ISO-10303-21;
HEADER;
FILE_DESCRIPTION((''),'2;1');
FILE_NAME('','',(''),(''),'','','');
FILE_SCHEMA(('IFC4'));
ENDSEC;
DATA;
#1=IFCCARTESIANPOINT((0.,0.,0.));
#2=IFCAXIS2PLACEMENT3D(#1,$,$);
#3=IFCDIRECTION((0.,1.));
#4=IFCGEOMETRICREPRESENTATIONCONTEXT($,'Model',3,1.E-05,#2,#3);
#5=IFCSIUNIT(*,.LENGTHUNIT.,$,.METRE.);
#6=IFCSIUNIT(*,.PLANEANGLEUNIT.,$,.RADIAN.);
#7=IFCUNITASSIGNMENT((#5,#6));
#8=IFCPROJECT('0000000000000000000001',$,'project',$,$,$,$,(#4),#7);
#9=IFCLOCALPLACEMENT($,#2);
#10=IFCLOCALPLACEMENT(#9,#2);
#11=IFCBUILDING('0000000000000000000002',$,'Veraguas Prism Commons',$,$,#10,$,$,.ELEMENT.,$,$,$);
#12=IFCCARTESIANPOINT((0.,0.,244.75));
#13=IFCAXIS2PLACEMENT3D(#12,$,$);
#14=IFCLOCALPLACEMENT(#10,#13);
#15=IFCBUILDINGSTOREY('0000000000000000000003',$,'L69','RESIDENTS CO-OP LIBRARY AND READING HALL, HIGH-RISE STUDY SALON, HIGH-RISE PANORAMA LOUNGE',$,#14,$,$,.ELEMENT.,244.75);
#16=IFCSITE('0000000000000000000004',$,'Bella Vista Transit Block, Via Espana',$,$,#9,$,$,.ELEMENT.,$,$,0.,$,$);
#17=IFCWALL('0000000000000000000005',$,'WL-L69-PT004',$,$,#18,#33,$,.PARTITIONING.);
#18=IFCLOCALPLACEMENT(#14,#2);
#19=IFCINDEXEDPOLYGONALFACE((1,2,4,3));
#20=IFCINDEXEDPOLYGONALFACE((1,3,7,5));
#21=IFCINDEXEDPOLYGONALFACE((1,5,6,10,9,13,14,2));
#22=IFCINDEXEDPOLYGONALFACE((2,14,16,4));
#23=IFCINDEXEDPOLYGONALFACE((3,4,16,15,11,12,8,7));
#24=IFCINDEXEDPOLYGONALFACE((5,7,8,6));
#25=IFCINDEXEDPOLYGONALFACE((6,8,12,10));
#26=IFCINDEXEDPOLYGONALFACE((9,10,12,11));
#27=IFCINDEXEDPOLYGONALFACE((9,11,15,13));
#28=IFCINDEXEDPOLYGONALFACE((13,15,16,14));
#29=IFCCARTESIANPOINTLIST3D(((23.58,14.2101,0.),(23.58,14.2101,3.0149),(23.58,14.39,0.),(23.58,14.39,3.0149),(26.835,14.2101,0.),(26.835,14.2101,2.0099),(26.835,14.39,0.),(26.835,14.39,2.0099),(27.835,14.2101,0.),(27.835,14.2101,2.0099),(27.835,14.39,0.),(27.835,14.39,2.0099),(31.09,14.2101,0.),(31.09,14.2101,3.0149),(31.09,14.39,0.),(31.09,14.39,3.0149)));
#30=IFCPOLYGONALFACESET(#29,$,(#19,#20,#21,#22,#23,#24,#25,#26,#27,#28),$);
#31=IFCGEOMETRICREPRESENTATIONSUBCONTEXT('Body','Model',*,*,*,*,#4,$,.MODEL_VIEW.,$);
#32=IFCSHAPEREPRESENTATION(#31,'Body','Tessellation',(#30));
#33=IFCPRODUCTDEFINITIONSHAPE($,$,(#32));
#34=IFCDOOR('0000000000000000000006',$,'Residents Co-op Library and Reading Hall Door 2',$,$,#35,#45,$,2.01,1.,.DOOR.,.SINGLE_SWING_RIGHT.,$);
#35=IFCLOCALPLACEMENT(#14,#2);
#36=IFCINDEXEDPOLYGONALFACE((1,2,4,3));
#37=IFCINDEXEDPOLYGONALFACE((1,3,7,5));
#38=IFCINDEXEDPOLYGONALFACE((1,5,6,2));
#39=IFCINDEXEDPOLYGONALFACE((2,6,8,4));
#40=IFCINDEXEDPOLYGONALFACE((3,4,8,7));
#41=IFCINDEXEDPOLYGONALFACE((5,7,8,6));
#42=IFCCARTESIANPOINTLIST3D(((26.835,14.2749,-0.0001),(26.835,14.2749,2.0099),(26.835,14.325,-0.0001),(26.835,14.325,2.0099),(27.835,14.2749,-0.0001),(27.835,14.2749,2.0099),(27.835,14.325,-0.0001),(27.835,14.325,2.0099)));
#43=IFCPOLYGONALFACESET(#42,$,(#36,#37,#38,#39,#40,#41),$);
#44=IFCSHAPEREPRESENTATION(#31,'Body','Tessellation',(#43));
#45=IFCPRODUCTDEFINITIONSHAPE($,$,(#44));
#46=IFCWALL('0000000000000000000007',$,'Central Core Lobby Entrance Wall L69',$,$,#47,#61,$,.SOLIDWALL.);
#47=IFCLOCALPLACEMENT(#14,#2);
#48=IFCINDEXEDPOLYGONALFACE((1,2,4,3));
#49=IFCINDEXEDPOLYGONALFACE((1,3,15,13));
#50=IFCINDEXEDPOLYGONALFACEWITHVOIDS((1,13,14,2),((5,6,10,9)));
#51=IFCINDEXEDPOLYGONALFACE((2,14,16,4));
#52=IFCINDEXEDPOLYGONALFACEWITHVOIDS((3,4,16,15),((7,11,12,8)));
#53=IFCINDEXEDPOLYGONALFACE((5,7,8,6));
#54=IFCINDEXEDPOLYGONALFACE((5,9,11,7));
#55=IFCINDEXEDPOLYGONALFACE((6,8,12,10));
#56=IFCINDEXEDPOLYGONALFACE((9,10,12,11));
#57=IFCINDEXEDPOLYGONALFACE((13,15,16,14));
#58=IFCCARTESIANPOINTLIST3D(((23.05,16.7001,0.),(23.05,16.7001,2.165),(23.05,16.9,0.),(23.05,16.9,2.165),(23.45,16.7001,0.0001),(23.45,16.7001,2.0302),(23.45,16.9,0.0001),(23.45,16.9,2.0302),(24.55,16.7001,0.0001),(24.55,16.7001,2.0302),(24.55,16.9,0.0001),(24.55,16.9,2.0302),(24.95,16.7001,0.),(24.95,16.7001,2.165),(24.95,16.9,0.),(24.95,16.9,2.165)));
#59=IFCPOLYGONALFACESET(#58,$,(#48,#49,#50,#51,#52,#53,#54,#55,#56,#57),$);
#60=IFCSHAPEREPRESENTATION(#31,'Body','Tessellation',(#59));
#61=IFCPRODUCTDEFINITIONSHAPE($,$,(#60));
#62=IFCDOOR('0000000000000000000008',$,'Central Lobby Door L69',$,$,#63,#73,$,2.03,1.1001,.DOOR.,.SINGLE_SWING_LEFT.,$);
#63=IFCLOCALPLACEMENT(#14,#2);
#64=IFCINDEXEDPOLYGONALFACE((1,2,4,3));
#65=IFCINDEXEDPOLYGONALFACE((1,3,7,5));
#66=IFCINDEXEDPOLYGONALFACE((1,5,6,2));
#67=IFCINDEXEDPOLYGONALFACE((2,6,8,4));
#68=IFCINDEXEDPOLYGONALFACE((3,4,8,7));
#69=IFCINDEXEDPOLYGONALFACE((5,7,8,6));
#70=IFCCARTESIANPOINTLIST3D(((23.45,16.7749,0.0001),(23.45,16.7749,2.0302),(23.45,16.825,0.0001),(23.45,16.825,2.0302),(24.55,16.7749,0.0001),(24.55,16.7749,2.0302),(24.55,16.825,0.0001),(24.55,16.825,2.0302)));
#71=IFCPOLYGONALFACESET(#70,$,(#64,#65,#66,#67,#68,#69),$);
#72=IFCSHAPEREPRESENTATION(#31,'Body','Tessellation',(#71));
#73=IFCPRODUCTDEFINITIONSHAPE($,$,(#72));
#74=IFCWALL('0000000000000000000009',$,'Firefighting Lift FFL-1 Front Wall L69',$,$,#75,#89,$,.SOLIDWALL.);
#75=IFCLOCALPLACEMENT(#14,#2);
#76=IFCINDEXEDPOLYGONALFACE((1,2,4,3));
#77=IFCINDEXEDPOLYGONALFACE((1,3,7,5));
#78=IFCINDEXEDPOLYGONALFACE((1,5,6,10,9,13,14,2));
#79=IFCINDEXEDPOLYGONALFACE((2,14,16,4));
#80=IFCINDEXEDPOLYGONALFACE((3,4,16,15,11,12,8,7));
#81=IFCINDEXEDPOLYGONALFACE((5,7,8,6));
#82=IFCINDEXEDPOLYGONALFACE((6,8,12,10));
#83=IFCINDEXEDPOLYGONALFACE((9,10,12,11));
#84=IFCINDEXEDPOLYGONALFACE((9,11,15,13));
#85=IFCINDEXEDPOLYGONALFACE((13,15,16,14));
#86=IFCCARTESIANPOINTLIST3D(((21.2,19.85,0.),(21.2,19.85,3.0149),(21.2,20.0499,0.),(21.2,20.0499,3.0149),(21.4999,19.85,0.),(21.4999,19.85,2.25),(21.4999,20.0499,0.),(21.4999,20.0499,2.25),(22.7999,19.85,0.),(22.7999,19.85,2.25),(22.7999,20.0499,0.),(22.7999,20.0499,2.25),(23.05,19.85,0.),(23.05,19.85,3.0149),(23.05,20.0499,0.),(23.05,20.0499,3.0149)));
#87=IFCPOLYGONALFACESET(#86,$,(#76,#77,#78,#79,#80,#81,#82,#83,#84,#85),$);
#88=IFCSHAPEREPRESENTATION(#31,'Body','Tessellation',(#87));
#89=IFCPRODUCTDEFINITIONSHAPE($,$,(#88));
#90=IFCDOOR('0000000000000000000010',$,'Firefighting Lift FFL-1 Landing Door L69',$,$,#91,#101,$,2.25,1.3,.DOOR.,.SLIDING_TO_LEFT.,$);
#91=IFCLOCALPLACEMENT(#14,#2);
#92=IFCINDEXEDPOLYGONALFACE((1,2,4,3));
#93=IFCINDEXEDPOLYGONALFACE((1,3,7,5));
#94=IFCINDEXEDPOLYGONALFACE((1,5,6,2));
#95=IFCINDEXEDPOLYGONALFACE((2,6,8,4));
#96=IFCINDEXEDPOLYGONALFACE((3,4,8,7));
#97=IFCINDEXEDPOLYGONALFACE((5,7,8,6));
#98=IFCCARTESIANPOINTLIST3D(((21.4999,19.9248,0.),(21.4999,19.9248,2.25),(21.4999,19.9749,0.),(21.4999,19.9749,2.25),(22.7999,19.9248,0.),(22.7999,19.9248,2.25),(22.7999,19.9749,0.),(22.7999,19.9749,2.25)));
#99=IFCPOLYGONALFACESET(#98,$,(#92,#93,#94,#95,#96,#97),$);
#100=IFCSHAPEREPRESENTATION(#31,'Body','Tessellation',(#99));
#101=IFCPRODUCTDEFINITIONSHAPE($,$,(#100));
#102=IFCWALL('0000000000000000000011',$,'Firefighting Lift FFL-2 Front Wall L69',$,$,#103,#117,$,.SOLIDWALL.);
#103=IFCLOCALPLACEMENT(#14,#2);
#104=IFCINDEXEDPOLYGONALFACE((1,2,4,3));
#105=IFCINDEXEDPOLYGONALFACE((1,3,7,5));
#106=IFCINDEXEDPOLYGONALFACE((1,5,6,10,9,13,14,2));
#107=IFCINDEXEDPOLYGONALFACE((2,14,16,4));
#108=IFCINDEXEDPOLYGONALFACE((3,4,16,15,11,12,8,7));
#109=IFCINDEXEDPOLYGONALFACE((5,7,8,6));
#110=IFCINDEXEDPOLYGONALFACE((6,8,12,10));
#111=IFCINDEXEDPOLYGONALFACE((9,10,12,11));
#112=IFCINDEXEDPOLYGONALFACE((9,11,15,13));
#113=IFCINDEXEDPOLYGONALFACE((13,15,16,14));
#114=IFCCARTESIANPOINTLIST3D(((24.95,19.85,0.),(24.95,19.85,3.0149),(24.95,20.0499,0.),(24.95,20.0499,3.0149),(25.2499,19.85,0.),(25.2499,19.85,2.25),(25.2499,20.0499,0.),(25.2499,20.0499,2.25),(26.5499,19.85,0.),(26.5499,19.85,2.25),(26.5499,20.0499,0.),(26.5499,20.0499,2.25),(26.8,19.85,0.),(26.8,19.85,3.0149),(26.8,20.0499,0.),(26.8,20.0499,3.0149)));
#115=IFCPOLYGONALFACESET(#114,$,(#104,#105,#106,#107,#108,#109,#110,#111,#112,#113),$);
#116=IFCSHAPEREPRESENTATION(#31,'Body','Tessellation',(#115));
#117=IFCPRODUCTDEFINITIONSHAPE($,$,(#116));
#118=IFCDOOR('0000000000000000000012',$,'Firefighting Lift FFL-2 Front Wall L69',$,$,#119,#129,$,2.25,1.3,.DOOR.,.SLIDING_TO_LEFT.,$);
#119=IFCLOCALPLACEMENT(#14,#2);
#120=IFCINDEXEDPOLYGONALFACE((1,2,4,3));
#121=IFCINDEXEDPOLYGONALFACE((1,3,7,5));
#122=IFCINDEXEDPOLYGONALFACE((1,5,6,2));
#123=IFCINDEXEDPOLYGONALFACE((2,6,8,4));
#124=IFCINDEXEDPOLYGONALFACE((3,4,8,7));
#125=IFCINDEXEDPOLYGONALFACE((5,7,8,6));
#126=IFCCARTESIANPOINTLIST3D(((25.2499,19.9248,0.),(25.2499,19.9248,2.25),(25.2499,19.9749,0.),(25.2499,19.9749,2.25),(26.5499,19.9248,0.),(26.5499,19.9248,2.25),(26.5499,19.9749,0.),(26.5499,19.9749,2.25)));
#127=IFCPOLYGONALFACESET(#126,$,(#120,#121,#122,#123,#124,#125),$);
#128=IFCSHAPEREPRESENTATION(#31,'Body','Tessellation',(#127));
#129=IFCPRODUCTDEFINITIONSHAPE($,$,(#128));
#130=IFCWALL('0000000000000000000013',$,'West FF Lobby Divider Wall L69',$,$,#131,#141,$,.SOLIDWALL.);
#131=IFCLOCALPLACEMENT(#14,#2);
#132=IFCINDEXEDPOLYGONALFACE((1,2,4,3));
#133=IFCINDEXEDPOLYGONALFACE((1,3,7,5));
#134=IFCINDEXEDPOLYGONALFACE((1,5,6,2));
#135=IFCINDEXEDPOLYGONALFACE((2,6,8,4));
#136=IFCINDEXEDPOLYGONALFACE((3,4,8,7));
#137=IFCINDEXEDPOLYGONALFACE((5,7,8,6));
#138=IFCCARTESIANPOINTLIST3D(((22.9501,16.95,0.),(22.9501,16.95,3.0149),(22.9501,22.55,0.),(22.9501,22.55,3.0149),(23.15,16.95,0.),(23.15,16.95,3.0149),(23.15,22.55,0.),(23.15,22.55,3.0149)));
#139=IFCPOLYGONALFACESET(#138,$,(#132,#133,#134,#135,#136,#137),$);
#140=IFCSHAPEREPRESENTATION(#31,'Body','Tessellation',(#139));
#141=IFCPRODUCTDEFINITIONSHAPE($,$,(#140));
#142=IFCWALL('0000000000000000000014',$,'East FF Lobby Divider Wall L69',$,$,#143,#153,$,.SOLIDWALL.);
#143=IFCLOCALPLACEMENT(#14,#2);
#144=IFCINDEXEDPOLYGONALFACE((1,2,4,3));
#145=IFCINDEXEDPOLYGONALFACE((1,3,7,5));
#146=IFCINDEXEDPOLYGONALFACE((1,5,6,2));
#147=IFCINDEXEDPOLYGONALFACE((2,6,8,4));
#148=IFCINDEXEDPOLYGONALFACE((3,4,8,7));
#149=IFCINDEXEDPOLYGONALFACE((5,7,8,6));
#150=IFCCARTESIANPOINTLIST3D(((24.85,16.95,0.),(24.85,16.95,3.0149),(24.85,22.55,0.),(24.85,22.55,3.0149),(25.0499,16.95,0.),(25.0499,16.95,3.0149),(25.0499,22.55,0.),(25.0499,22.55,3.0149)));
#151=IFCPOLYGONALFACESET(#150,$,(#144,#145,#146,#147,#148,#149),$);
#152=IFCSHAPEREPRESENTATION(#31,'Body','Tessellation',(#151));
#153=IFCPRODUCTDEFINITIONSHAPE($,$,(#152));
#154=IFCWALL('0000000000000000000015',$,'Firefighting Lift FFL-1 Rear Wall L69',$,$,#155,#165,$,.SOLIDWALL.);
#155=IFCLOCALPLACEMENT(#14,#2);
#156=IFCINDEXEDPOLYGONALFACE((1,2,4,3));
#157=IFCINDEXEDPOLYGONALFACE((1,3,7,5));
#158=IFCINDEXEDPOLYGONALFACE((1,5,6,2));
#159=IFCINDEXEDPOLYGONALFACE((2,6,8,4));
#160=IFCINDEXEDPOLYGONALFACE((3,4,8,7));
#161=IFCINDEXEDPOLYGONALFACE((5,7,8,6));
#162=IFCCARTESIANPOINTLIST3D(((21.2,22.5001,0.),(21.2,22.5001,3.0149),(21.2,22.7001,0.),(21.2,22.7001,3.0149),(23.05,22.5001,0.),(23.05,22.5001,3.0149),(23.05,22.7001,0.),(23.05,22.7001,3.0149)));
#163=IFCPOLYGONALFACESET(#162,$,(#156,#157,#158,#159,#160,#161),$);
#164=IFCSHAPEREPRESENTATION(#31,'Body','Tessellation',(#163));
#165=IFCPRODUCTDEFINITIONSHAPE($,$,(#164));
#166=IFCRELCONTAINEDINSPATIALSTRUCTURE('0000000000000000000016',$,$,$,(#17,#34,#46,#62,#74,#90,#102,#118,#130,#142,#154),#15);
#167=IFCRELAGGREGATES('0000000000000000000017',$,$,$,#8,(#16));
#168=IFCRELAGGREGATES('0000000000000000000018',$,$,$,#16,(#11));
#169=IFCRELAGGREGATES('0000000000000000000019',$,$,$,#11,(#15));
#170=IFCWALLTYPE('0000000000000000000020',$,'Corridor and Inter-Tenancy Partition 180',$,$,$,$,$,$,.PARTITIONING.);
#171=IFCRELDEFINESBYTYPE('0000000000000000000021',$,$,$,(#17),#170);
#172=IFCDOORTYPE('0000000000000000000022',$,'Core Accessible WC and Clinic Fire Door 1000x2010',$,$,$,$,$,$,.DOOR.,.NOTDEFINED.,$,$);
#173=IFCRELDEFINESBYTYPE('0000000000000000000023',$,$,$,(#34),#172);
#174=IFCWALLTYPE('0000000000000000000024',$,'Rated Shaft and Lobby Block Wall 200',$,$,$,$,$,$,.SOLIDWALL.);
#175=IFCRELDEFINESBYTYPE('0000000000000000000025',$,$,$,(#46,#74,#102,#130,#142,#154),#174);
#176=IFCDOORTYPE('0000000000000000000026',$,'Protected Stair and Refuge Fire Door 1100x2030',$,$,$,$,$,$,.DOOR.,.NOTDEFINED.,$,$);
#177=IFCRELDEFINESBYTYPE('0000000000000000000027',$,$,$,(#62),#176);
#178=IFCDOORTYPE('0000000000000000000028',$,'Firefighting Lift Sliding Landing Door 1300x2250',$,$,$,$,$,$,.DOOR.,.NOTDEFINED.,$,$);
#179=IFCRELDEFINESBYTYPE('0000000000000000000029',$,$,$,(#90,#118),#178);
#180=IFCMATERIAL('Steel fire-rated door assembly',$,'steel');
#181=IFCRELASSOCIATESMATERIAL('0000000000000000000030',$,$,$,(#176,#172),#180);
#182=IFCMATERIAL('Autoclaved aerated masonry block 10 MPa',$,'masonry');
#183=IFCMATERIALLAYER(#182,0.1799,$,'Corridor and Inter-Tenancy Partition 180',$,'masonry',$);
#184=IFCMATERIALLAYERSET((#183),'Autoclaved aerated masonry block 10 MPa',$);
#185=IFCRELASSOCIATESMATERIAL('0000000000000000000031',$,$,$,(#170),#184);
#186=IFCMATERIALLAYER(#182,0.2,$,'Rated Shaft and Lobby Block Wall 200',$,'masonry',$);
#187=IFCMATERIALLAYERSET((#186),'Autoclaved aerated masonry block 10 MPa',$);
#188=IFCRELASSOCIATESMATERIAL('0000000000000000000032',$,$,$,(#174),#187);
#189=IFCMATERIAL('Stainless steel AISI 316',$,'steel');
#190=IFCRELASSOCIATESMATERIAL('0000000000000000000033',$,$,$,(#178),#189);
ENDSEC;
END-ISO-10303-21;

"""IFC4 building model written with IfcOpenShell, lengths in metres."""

from ifc_helpers import new_model, si_unit, direction, frame, frame_2d, origin, place, context, subcontext, project, spatial, rectangle, extrude, source, transform, mapped, material, layer, layer_set, type_object, element, fill, save


model = new_model("IFC4")

# Units and contexts
model_context = context("Model", 3, precision=1e-05, world=origin(), true_north=direction((0.0, 1.0)))
body_context = subcontext(model_context, "Body", "Model", "MODEL_VIEW")
ifc_project = project(units=[si_unit("LENGTHUNIT", "METRE"), si_unit("PLANEANGLEUNIT", "RADIAN")], contexts=[model_context])

# Site, building, storey
site_placement = place(None, origin())
site = spatial("IfcSite", under=ifc_project, at=site_placement, Name="Bella Vista Transit Block, Via Espana", CompositionType="ELEMENT", RefElevation=0.0)
building_placement = place(site_placement, origin())
building = spatial("IfcBuilding", under=site, at=building_placement, Name="Veraguas Prism Commons", CompositionType="ELEMENT")
storey_placement = place(building_placement, frame((0.0, 0.0, 244.75)))
storey = spatial("IfcBuildingStorey", under=building, at=storey_placement, Name="L69", Description="RESIDENTS CO-OP LIBRARY AND READING HALL, HIGH-RISE STUDY SALON, HIGH-RISE PANORAMA LOUNGE", CompositionType="ELEMENT", Elevation=244.75)

# Shared definitions
ifc_material_1 = material(Name="Steel fire-rated door assembly", Category="steel")
door_type_1 = type_object("IfcDoorType", Name="Protected Stair and Refuge Fire Door 1100x2030", OperationType="NOTDEFINED", PredefinedType="DOOR", material=ifc_material_1)
shared_shape_1 = source(origin(), body_context, "Body", "SweptSolid", [
    extrude(rectangle(XDim=1.1001, YDim=2.03, at=frame_2d((0.55, 1.0151))), frame((0.0, 0.0249, 0.0), z_axis=(0.0, -1.0, 0.0), x_axis=(1.0, 0.0, 0.0)), (0.0, 0.0, 1.0), 0.05),
])

# Walls, openings, doors
ifc_material_2 = material(Name="Autoclaved aerated masonry block 10 MPa", Category="masonry")
ifc_layer_1 = layer(ifc_material_2, 0.1799, Name="Corridor and Inter-Tenancy Partition 180", Category="masonry")
ifc_layer_set_1 = layer_set([ifc_layer_1], Name="Autoclaved aerated masonry block 10 MPa")
wall_type_1 = type_object("IfcWallType", Name="Corridor and Inter-Tenancy Partition 180", PredefinedType="PARTITIONING", material=ifc_layer_set_1)
wall_1_placement = place(storey_placement, frame((23.5801, 14.3, 0.0), z_axis=(0.0, 0.0, 1.0), x_axis=(1.0, 0.0, 0.0)))
wall_1 = element("IfcWall", 1, at=wall_1_placement, inside=storey, type_object=wall_type_1, Name="WL-L69-PT004", PredefinedType="PARTITIONING", context=body_context, shape_type="SweptSolid", body=[
    extrude(rectangle(XDim=7.51, YDim=0.1799, at=frame_2d((3.7549, 0.0))), origin(), (0.0, 0.0, 1.0), 3.0149),
])
opening_1_placement = place(wall_1_placement, frame((3.2549, 0.0, 0.0)))
opening_1 = element("IfcOpeningElement", 2, at=opening_1_placement, cuts=wall_1, PredefinedType="OPENING", context=body_context, shape_type="SweptSolid", body=[
    extrude(rectangle(XDim=1.0, YDim=2.01, at=frame_2d((0.5, 1.0049))), frame((0.0, 0.0999, 0.0), z_axis=(0.0, -1.0, 0.0), x_axis=(1.0, 0.0, 0.0)), (0.0, 0.0, 1.0), 0.2),
])
door_type_2 = type_object("IfcDoorType", Name="Core Accessible WC and Clinic Fire Door 1000x2010", OperationType="NOTDEFINED", PredefinedType="DOOR", material=ifc_material_1)
shared_shape_2 = source(origin(), body_context, "Body", "SweptSolid", [
    extrude(rectangle(XDim=1.0, YDim=2.01, at=frame_2d((0.5, 1.0049))), frame((0.0, 0.0249, 0.0), z_axis=(0.0, -1.0, 0.0), x_axis=(1.0, 0.0, 0.0)), (0.0, 0.0, 1.0), 0.05),
])
door_1_placement = place(opening_1_placement, origin())
door_1 = element("IfcDoor", 3, at=door_1_placement, inside=storey, type_object=door_type_2, Name="Residents Co-op Library and Reading Hall Door 2", OperationType="SINGLE_SWING_RIGHT", OverallHeight=2.01, OverallWidth=1.0, PredefinedType="DOOR", context=body_context, shape_type="MappedRepresentation", body=[
    mapped(shared_shape_2, transform((0.0, 0.0, 0.0), scale=1.0)),
])
fill(opening_1, door_1)
ifc_layer_2 = layer(ifc_material_2, 0.2, Name="Rated Shaft and Lobby Block Wall 200", Category="masonry")
ifc_layer_set_2 = layer_set([ifc_layer_2], Name="Autoclaved aerated masonry block 10 MPa")
wall_type_2 = type_object("IfcWallType", Name="Rated Shaft and Lobby Block Wall 200", PredefinedType="SOLIDWALL", material=ifc_layer_set_2)
wall_2_placement = place(storey_placement, frame((23.05, 16.8, 0.0), z_axis=(0.0, 0.0, 1.0), x_axis=(1.0, 0.0, 0.0)))
wall_2 = element("IfcWall", 4, at=wall_2_placement, inside=storey, type_object=wall_type_2, Name="Central Core Lobby Entrance Wall L69", PredefinedType="SOLIDWALL", context=body_context, shape_type="SweptSolid", body=[
    extrude(rectangle(XDim=1.8999, YDim=0.2, at=frame_2d((0.95, 0.0))), origin(), (0.0, 0.0, 1.0), 2.165),
])
opening_2_placement = place(wall_2_placement, frame((0.3999, 0.0, 0.0)))
opening_2 = element("IfcOpeningElement", 5, at=opening_2_placement, cuts=wall_2, PredefinedType="OPENING", context=body_context, shape_type="SweptSolid", body=[
    extrude(rectangle(XDim=1.1001, YDim=2.03, at=frame_2d((0.55, 1.0151))), frame((0.0, 0.1099, 0.0), z_axis=(0.0, -1.0, 0.0), x_axis=(1.0, 0.0, 0.0)), (0.0, 0.0, 1.0), 0.22),
])
door_2_placement = place(opening_2_placement, origin())
door_2 = element("IfcDoor", 6, at=door_2_placement, inside=storey, type_object=door_type_1, Name="Central Lobby Door L69", OperationType="SINGLE_SWING_LEFT", OverallHeight=2.03, OverallWidth=1.1001, PredefinedType="DOOR", context=body_context, shape_type="MappedRepresentation", body=[
    mapped(shared_shape_1, transform((0.0, 0.0, 0.0), scale=1.0)),
])
fill(opening_2, door_2)
wall_3_placement = place(storey_placement, frame((21.2, 19.95, 0.0), z_axis=(0.0, 0.0, 1.0), x_axis=(1.0, 0.0, 0.0)))
wall_3 = element("IfcWall", 7, at=wall_3_placement, inside=storey, type_object=wall_type_2, Name="Firefighting Lift FFL-1 Front Wall L69", PredefinedType="SOLIDWALL", context=body_context, shape_type="SweptSolid", body=[
    extrude(rectangle(XDim=1.8501, YDim=0.2, at=frame_2d((0.925, 0.0))), origin(), (0.0, 0.0, 1.0), 3.0149),
])
opening_3_placement = place(wall_3_placement, frame((0.3, 0.0, 0.0)))
opening_3 = element("IfcOpeningElement", 8, at=opening_3_placement, cuts=wall_3, PredefinedType="OPENING", context=body_context, shape_type="SweptSolid", body=[
    extrude(rectangle(XDim=1.3, YDim=2.25, at=frame_2d((0.6499, 1.125))), frame((0.0, 0.1099, 0.0), z_axis=(0.0, -1.0, 0.0), x_axis=(1.0, 0.0, 0.0)), (0.0, 0.0, 1.0), 0.22),
])
ifc_material_3 = material(Name="Stainless steel AISI 316", Category="steel")
door_type_3 = type_object("IfcDoorType", Name="Firefighting Lift Sliding Landing Door 1300x2250", OperationType="NOTDEFINED", PredefinedType="DOOR", material=ifc_material_3)
shared_shape_3 = source(origin(), body_context, "Body", "SweptSolid", [
    extrude(rectangle(XDim=1.3, YDim=2.25, at=frame_2d((0.6499, 1.125))), frame((0.0, 0.0249, 0.0), z_axis=(0.0, -1.0, 0.0), x_axis=(1.0, 0.0, 0.0)), (0.0, 0.0, 1.0), 0.05),
])
door_3_placement = place(opening_3_placement, origin())
door_3 = element("IfcDoor", 9, at=door_3_placement, inside=storey, type_object=door_type_3, Name="Firefighting Lift FFL-1 Landing Door L69", OperationType="SLIDING_TO_LEFT", OverallHeight=2.25, OverallWidth=1.3, PredefinedType="DOOR", context=body_context, shape_type="MappedRepresentation", body=[
    mapped(shared_shape_3, transform((0.0, 0.0, 0.0), scale=1.0)),
])
fill(opening_3, door_3)
wall_4_placement = place(storey_placement, frame((24.95, 19.95, 0.0), z_axis=(0.0, 0.0, 1.0), x_axis=(1.0, 0.0, 0.0)))
wall_4 = element("IfcWall", 10, at=wall_4_placement, inside=storey, type_object=wall_type_2, Name="Firefighting Lift FFL-2 Front Wall L69", PredefinedType="SOLIDWALL", context=body_context, shape_type="SweptSolid", body=[
    extrude(rectangle(XDim=1.8501, YDim=0.2, at=frame_2d((0.925, 0.0))), origin(), (0.0, 0.0, 1.0), 3.0149),
])
opening_4_placement = place(wall_4_placement, frame((0.3, 0.0, 0.0)))
opening_4 = element("IfcOpeningElement", 11, at=opening_4_placement, cuts=wall_4, PredefinedType="OPENING", context=body_context, shape_type="SweptSolid", body=[
    extrude(rectangle(XDim=1.3, YDim=2.25, at=frame_2d((0.6499, 1.125))), frame((0.0, 0.1099, 0.0), z_axis=(0.0, -1.0, 0.0), x_axis=(1.0, 0.0, 0.0)), (0.0, 0.0, 1.0), 0.22),
])
door_4_placement = place(opening_4_placement, origin())
door_4 = element("IfcDoor", 12, at=door_4_placement, inside=storey, type_object=door_type_3, Name="Firefighting Lift FFL-2 Front Wall L69", OperationType="SLIDING_TO_LEFT", OverallHeight=2.25, OverallWidth=1.3, PredefinedType="DOOR", context=body_context, shape_type="MappedRepresentation", body=[
    mapped(shared_shape_3, transform((0.0, 0.0, 0.0), scale=1.0)),
])
fill(opening_4, door_4)

# Walls
for number, where, z_axis, x_axis, name in (
    (13, (23.05, 16.95, 0.0), (0.0, 0.0, 1.0), (0.0, 1.0, 0.0), "West FF Lobby Divider Wall L69"),
    (14, (24.95, 16.95, 0.0), (0.0, 0.0, 1.0), (0.0, 1.0, 0.0), "East FF Lobby Divider Wall L69"),
):
    element("IfcWall", number, at=place(storey_placement, frame(where, z_axis=z_axis, x_axis=x_axis)), inside=storey, type_object=wall_type_2, Name=name, PredefinedType="SOLIDWALL", context=body_context, shape_type="SweptSolid", body=[
        extrude(rectangle(XDim=5.6001, YDim=0.2, at=frame_2d((2.8, 0.0))), origin(), (0.0, 0.0, 1.0), 3.0149),
    ])
wall_5_placement = place(storey_placement, frame((21.2, 22.6001, 0.0), z_axis=(0.0, 0.0, 1.0), x_axis=(1.0, 0.0, 0.0)))
element("IfcWall", 15, at=wall_5_placement, inside=storey, type_object=wall_type_2, Name="Firefighting Lift FFL-1 Rear Wall L69", PredefinedType="SOLIDWALL", context=body_context, shape_type="SweptSolid", body=[
    extrude(rectangle(XDim=1.8501, YDim=0.2, at=frame_2d((0.925, 0.0))), origin(), (0.0, 0.0, 1.0), 3.0149),
])

save(model, "model.ifc")
